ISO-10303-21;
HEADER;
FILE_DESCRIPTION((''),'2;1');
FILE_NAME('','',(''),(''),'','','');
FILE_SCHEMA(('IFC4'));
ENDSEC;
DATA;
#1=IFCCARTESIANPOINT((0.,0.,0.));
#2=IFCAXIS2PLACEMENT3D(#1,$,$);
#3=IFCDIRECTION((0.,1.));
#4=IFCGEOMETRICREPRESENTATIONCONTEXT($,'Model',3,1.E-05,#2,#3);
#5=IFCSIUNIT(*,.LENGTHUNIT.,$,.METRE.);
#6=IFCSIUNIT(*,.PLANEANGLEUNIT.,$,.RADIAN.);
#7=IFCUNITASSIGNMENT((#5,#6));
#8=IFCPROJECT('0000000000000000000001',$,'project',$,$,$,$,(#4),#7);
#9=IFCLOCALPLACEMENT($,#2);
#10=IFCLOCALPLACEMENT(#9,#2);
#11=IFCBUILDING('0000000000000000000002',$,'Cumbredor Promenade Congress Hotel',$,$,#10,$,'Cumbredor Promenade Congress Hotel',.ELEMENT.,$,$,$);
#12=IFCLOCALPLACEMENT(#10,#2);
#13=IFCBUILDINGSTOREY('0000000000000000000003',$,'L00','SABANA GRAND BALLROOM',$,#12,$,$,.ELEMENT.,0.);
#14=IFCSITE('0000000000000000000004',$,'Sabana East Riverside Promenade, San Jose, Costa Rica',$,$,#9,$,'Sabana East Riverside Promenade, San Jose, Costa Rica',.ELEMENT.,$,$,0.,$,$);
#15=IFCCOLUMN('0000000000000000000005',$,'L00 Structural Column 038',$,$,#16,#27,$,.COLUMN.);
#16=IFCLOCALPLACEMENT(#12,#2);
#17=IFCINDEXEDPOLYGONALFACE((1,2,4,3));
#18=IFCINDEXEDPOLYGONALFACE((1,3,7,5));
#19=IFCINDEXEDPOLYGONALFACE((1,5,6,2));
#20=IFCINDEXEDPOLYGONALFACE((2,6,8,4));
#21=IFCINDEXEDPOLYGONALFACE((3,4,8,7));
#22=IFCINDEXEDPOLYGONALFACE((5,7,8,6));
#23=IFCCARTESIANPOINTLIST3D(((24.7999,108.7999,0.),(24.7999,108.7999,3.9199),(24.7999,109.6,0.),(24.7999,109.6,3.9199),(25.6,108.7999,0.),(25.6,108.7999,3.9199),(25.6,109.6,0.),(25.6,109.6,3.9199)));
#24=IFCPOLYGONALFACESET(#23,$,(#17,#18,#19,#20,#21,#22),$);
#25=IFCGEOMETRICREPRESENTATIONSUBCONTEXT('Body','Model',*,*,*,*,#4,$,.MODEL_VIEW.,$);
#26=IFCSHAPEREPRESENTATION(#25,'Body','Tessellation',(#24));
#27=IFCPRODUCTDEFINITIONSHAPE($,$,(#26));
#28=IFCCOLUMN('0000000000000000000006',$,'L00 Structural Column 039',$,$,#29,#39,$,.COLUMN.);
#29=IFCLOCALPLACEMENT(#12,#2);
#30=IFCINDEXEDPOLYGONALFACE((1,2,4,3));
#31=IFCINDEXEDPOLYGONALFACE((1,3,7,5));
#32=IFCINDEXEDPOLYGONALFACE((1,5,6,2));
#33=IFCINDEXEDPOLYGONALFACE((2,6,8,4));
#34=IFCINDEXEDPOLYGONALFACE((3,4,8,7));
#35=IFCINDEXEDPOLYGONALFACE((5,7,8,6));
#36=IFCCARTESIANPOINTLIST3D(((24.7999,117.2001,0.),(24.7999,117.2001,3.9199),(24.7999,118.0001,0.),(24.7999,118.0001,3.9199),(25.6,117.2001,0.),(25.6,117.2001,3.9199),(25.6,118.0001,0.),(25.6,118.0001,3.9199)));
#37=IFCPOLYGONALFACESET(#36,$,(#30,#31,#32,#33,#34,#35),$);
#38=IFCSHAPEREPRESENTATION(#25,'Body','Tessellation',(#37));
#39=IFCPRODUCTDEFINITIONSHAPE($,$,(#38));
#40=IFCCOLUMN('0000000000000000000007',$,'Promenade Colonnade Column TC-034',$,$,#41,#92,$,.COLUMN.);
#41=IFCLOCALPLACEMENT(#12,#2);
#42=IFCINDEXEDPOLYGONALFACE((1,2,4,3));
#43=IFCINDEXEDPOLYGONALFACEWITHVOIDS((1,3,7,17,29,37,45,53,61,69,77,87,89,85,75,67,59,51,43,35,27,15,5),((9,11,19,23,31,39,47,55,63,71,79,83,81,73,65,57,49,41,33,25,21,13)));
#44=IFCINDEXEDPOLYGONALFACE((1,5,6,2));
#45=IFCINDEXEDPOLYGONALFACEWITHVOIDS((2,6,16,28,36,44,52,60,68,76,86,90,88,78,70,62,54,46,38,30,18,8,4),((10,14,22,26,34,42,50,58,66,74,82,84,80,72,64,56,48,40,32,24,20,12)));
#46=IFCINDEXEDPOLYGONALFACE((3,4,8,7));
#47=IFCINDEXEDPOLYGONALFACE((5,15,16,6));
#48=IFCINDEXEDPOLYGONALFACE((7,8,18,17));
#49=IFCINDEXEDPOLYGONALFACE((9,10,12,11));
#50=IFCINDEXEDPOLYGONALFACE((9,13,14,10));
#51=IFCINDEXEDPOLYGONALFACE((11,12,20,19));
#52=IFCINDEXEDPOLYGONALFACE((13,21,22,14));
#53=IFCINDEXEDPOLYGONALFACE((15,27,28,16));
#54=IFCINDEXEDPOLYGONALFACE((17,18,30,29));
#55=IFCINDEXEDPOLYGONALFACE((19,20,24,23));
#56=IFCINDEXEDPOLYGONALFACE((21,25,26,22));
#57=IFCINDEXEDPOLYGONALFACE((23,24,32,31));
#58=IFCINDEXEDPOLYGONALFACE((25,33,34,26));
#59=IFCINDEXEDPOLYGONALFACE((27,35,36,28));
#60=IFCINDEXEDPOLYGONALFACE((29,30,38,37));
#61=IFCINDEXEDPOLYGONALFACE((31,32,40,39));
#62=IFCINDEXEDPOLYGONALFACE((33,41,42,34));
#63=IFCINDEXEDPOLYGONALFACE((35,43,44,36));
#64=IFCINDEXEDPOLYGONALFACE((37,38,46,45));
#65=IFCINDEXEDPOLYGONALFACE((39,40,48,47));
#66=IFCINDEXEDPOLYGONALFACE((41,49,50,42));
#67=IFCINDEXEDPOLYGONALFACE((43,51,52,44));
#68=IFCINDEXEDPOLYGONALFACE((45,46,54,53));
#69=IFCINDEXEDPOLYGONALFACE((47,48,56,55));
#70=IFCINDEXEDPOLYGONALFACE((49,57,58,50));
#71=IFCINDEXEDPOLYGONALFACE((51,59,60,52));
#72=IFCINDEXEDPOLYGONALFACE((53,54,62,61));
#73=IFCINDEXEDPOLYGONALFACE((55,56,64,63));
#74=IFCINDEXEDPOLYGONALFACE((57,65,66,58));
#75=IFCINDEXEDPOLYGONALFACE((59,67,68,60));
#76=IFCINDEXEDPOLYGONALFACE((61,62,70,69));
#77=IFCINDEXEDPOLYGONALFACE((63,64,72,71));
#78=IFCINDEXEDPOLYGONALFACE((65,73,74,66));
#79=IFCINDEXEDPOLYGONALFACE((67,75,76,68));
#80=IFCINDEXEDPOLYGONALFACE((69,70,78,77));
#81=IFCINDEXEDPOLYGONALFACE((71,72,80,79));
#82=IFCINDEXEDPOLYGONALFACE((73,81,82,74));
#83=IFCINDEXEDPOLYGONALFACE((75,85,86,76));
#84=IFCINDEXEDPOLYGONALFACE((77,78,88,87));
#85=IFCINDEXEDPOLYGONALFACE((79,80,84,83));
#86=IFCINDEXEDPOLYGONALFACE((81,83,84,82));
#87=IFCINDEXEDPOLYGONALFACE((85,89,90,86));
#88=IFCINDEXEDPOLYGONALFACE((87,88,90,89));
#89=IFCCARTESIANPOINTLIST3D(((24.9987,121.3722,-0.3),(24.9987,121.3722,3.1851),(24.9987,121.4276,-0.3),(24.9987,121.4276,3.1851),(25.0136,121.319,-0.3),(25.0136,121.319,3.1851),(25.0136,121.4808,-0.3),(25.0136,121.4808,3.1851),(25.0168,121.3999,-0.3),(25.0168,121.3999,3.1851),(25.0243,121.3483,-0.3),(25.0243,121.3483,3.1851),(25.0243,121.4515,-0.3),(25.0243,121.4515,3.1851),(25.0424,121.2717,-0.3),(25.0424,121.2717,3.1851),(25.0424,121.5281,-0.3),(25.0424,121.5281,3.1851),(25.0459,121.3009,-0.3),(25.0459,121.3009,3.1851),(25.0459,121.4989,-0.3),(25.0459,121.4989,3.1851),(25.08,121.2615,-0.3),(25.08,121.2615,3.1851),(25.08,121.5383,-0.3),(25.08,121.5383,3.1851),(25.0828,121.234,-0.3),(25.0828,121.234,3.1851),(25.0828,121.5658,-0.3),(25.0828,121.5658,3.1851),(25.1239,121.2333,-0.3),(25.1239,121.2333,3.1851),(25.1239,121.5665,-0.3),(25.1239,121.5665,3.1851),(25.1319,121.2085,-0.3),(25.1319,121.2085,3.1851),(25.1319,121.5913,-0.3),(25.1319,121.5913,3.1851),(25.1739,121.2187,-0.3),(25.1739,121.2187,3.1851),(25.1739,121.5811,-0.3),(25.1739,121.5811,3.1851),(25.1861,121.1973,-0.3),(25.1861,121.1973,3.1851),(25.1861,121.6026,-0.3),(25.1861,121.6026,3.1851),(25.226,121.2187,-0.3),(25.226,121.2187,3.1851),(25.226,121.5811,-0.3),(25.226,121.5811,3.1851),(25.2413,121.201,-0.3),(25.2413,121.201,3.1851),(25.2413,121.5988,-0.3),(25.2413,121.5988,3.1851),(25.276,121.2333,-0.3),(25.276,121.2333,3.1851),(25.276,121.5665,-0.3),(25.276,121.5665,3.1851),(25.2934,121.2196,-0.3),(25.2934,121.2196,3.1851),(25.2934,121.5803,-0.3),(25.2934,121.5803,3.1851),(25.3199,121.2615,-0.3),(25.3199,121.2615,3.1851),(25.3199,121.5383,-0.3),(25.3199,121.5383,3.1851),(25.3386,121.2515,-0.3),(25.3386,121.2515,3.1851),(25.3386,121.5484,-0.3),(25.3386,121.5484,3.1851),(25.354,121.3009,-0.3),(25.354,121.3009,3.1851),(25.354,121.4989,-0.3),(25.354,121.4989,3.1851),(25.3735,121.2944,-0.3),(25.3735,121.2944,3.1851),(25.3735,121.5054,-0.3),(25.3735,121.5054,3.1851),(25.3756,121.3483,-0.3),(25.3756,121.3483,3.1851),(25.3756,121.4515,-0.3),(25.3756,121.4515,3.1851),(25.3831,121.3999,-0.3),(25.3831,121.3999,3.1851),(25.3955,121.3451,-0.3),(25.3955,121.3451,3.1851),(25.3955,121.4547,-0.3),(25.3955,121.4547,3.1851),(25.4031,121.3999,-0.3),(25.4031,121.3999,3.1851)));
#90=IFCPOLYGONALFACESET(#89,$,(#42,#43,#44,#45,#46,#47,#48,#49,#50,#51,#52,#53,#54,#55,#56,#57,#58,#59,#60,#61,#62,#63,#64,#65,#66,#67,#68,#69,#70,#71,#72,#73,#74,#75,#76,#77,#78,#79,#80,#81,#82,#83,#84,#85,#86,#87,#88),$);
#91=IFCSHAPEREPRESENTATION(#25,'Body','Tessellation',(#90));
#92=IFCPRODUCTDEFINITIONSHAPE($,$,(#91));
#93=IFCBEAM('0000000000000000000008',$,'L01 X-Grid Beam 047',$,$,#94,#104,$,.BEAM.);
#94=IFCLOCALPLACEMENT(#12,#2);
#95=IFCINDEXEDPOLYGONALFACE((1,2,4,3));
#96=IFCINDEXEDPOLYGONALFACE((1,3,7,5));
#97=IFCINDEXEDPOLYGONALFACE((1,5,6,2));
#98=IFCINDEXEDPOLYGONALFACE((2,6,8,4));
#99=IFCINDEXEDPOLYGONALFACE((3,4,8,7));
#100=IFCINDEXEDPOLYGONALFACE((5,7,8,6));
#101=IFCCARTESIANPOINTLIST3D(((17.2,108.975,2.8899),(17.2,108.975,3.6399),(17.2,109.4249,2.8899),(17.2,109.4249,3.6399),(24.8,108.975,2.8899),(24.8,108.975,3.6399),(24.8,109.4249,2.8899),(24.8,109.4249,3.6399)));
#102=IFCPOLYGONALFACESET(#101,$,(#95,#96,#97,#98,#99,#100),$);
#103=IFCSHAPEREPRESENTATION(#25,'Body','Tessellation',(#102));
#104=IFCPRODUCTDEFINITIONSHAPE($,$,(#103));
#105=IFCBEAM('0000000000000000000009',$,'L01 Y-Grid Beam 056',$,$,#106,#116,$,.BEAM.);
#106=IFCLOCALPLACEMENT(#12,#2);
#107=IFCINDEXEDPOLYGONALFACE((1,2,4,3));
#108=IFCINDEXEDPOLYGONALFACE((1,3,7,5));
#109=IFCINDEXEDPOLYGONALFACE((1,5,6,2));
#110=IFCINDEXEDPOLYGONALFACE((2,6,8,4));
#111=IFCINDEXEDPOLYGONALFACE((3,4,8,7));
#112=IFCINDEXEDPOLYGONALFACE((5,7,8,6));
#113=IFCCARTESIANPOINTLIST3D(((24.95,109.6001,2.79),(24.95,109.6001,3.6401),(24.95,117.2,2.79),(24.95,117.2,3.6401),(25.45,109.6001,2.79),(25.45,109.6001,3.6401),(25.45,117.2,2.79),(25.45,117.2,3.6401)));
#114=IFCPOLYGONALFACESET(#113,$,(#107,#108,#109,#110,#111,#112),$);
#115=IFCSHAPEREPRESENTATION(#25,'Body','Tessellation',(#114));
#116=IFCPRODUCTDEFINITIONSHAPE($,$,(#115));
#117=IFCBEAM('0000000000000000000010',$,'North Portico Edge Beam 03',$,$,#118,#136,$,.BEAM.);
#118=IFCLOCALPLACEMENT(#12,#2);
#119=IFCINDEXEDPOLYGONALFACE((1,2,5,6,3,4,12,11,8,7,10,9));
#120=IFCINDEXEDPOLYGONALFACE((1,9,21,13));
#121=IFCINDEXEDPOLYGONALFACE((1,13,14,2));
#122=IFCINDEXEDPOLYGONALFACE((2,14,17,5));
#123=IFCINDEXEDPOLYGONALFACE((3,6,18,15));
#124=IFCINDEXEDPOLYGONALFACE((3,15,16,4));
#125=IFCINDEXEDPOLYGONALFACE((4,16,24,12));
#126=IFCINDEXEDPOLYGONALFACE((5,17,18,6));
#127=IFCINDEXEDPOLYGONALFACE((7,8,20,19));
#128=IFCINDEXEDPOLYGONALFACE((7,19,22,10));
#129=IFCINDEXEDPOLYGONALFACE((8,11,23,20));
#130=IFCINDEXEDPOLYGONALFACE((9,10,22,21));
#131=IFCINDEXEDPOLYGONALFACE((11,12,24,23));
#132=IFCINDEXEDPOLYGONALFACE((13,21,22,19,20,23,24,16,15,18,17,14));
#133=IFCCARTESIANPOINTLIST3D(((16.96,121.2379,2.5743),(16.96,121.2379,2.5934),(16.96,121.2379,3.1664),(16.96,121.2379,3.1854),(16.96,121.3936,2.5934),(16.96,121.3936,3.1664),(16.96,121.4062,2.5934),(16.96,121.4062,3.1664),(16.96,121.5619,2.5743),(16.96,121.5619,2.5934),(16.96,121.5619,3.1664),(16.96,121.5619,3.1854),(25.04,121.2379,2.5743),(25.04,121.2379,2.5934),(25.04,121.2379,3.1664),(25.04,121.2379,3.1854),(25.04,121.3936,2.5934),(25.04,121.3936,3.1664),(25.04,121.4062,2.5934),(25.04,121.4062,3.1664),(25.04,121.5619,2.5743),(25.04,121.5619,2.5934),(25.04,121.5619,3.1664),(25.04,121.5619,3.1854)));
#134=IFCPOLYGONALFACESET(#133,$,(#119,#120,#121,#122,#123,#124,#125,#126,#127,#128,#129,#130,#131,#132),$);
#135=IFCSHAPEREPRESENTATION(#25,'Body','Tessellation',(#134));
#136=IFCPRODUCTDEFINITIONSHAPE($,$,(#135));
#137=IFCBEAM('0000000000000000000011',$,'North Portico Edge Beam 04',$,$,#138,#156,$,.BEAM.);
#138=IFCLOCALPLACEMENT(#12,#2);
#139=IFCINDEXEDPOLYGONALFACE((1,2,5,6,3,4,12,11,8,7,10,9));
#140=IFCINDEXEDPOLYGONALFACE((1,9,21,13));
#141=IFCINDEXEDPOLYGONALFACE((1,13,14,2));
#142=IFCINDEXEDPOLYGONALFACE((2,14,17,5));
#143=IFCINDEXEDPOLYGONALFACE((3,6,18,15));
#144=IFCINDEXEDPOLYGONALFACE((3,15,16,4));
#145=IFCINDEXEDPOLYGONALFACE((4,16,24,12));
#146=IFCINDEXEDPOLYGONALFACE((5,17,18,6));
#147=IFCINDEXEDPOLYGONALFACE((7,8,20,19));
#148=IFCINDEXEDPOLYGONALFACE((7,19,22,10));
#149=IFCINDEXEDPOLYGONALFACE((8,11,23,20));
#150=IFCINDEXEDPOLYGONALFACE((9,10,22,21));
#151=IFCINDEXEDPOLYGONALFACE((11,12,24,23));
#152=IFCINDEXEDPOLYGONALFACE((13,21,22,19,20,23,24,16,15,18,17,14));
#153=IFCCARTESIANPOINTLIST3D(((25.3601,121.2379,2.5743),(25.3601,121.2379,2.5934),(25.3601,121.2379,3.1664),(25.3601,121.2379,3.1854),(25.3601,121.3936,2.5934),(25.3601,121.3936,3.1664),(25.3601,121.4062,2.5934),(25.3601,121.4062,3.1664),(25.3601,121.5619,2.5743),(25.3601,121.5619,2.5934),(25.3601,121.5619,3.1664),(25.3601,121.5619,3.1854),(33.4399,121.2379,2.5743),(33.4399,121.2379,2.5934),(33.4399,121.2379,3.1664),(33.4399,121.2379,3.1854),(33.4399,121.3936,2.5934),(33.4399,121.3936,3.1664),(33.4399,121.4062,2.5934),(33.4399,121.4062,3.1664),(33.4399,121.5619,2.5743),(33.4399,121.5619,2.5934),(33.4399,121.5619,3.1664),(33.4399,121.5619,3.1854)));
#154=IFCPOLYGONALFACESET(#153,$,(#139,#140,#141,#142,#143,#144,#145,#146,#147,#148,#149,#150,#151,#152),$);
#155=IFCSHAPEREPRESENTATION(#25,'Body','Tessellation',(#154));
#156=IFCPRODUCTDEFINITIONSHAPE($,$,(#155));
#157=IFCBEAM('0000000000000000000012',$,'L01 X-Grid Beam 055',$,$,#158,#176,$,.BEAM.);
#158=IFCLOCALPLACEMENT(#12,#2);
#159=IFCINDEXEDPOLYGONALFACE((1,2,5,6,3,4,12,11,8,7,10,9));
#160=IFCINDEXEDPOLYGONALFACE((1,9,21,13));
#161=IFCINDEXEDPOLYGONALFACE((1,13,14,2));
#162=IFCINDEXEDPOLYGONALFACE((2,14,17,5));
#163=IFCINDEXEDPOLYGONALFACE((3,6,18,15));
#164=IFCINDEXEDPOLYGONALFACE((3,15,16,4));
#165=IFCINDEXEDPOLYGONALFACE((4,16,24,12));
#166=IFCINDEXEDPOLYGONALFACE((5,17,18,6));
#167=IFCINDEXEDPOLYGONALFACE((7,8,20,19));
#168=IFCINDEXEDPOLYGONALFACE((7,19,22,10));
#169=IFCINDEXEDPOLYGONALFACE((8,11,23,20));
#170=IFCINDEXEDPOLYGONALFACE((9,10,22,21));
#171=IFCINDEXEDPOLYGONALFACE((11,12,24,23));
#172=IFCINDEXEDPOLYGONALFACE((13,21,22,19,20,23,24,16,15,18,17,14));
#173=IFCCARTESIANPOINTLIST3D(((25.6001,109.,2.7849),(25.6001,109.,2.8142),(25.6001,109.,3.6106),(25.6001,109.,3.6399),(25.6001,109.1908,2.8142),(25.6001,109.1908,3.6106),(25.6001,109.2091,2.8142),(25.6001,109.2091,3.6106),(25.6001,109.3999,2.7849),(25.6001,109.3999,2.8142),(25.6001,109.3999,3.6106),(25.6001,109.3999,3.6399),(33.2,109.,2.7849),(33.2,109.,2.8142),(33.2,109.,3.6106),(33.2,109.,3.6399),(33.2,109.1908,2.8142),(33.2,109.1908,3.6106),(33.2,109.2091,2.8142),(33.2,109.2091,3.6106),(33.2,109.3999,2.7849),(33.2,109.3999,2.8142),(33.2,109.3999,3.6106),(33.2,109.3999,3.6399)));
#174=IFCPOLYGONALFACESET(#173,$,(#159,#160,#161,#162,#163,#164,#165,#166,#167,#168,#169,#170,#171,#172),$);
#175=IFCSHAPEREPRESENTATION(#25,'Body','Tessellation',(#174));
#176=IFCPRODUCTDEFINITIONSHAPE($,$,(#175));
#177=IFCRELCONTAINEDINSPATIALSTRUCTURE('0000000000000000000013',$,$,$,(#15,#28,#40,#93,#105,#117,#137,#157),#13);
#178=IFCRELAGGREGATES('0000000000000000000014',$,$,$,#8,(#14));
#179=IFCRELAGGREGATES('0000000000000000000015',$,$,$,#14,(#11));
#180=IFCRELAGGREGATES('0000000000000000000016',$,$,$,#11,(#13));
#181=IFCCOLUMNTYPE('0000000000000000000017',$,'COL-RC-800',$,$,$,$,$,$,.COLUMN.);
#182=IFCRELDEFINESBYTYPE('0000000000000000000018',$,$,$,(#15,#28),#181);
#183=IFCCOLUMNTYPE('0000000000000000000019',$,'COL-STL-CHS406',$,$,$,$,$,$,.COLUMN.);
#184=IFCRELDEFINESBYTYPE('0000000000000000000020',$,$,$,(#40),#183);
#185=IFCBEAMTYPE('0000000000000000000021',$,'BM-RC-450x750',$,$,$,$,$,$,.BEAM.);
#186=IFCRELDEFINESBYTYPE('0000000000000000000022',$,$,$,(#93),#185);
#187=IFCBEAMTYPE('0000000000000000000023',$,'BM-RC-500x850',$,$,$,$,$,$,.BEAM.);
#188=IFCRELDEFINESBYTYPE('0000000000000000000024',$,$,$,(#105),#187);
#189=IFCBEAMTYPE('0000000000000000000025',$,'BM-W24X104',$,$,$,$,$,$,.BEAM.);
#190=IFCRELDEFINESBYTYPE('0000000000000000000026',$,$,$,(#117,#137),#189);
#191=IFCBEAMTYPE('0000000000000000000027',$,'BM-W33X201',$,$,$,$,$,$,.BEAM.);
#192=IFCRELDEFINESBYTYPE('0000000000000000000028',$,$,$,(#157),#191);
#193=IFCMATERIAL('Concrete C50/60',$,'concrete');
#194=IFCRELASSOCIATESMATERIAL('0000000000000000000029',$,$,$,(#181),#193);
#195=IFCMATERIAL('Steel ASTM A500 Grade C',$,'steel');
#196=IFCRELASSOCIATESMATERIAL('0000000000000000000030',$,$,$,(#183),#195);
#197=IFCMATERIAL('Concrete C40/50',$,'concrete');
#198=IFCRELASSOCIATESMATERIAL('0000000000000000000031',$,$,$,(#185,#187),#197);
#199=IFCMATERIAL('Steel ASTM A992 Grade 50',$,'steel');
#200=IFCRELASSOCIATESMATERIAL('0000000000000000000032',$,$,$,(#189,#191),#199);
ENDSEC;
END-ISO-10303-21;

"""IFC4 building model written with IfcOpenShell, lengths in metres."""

from ifc_helpers import new_model, si_unit, direction, frame, origin, origin_2d, place, context, subcontext, project, spatial, rectangle, hollow_circle, i_section, extrude, material, material_profile, profile_set, type_object, element, save


model = new_model("IFC4")

# Units and contexts
model_context = context("Model", 3, precision=1e-05, world=origin(), true_north=direction((0.0, 1.0)))
body_context = subcontext(model_context, "Body", "Model", "MODEL_VIEW")
ifc_project = project(units=[si_unit("LENGTHUNIT", "METRE"), si_unit("PLANEANGLEUNIT", "RADIAN")], contexts=[model_context])

# Site, building, storey
site_placement = place(None, origin())
site = spatial("IfcSite", under=ifc_project, at=site_placement, Name="Sabana East Riverside Promenade, San Jose, Costa Rica", LongName="Sabana East Riverside Promenade, San Jose, Costa Rica", CompositionType="ELEMENT", RefElevation=0.0)
building_placement = place(site_placement, origin())
building = spatial("IfcBuilding", under=site, at=building_placement, Name="Cumbredor Promenade Congress Hotel", LongName="Cumbredor Promenade Congress Hotel", CompositionType="ELEMENT")
storey_placement = place(building_placement, origin())
storey = spatial("IfcBuildingStorey", under=building, at=storey_placement, Name="L00", Description="SABANA GRAND BALLROOM", CompositionType="ELEMENT", Elevation=0.0)

# Columns
ifc_material_1 = material(Name="Concrete C50/60", Category="concrete")
ifc_material_profile_1 = material_profile(ifc_material_1, rectangle(XDim=0.8, YDim=0.8, at=origin_2d()), Name="RC 800x800")
ifc_profile_set_1 = profile_set([ifc_material_profile_1], Name="Concrete C50/60")
column_type_1 = type_object("IfcColumnType", Name="COL-RC-800", PredefinedType="COLUMN", material=ifc_profile_set_1)
for number, where, z_axis, x_axis, name in (
    (1, (25.2, 109.2, 0.0), (0.0, 0.0, 1.0), (1.0, 0.0, 0.0), "L00 Structural Column 038"),
    (2, (25.2, 117.6001, 0.0), (0.0, 0.0, 1.0), (1.0, 0.0, 0.0), "L00 Structural Column 039"),
):
    element("IfcColumn", number, at=place(storey_placement, frame(where, z_axis=z_axis, x_axis=x_axis)), inside=storey, type_object=column_type_1, Name=name, PredefinedType="COLUMN", context=body_context, shape_type="SweptSolid", body=[
        extrude(rectangle(XDim=0.8, YDim=0.8, at=origin_2d()), origin(), (0.0, 0.0, 1.0), 3.9199),
    ])
ifc_material_2 = material(Name="Steel ASTM A500 Grade C", Category="steel")
ifc_material_profile_2 = material_profile(ifc_material_2, hollow_circle(Radius=0.2031, WallThickness=0.02, at=origin_2d()), Name="CHS 406.4x20")
ifc_profile_set_2 = profile_set([ifc_material_profile_2], Name="Steel ASTM A500 Grade C")
column_type_2 = type_object("IfcColumnType", Name="COL-STL-CHS406", PredefinedType="COLUMN", material=ifc_profile_set_2)
column_placement = place(storey_placement, frame((25.2, 121.3999, -0.3), z_axis=(0.0, 0.0, 1.0), x_axis=(1.0, 0.0, 0.0)))
element("IfcColumn", 3, at=column_placement, inside=storey, type_object=column_type_2, Name="Promenade Colonnade Column TC-034", PredefinedType="COLUMN", context=body_context, shape_type="SweptSolid", body=[
    extrude(hollow_circle(Radius=0.2031, WallThickness=0.02, at=origin_2d()), origin(), (0.0, 0.0, 1.0), 3.4851),
])

# Beams
ifc_material_3 = material(Name="Concrete C40/50", Category="concrete")
ifc_material_profile_3 = material_profile(ifc_material_3, rectangle(XDim=0.45, YDim=0.75, at=origin_2d()), Name="RC BEAM 450x750")
ifc_profile_set_3 = profile_set([ifc_material_profile_3], Name="Concrete C40/50")
beam_type_1 = type_object("IfcBeamType", Name="BM-RC-450x750", PredefinedType="BEAM", material=ifc_profile_set_3)
beam_1_placement = place(storey_placement, frame((17.2, 109.2, 3.2649), z_axis=(1.0, 0.0, 0.0), x_axis=(0.0, 1.0, 0.0)))
element("IfcBeam", 4, at=beam_1_placement, inside=storey, type_object=beam_type_1, Name="L01 X-Grid Beam 047", PredefinedType="BEAM", context=body_context, shape_type="SweptSolid", body=[
    extrude(rectangle(XDim=0.45, YDim=0.75, at=origin_2d()), origin(), (0.0, 0.0, 1.0), 7.6001),
])
ifc_material_profile_4 = material_profile(ifc_material_3, rectangle(XDim=0.5, YDim=0.8501, at=origin_2d()), Name="RC BEAM 500x850")
ifc_profile_set_4 = profile_set([ifc_material_profile_4], Name="Concrete C40/50")
beam_type_2 = type_object("IfcBeamType", Name="BM-RC-500x850", PredefinedType="BEAM", material=ifc_profile_set_4)
beam_2_placement = place(storey_placement, frame((25.2, 109.6001, 3.2151), z_axis=(0.0, 1.0, 0.0), x_axis=(-1.0, 0.0, 0.0)))
element("IfcBeam", 5, at=beam_2_placement, inside=storey, type_object=beam_type_2, Name="L01 Y-Grid Beam 056", PredefinedType="BEAM", context=body_context, shape_type="SweptSolid", body=[
    extrude(rectangle(XDim=0.5, YDim=0.8501, at=origin_2d()), origin(), (0.0, 0.0, 1.0), 7.5999),
])
ifc_material_4 = material(Name="Steel ASTM A992 Grade 50", Category="steel")
ifc_material_profile_5 = material_profile(ifc_material_4, i_section(OverallWidth=0.324, OverallDepth=0.6111, WebThickness=0.0127, FlangeThickness=0.019, at=origin_2d()), Name="W24X104")
ifc_profile_set_5 = profile_set([ifc_material_profile_5], Name="Steel ASTM A992 Grade 50")
beam_type_3 = type_object("IfcBeamType", Name="BM-W24X104", PredefinedType="BEAM", material=ifc_profile_set_5)
beam_3_placement = place(storey_placement, frame((16.96, 121.3999, 2.8799), z_axis=(1.0, 0.0, 0.0), x_axis=(0.0, 1.0, 0.0)))
element("IfcBeam", 6, at=beam_3_placement, inside=storey, type_object=beam_type_3, Name="North Portico Edge Beam 03", PredefinedType="BEAM", context=body_context, shape_type="SweptSolid", body=[
    extrude(i_section(OverallWidth=0.324, OverallDepth=0.6111, WebThickness=0.0127, FlangeThickness=0.019, at=origin_2d()), origin(), (0.0, 0.0, 1.0), 8.0801),
])
beam_4_placement = place(storey_placement, frame((25.3601, 121.3999, 2.8799), z_axis=(1.0, 0.0, 0.0), x_axis=(0.0, 1.0, 0.0)))
element("IfcBeam", 7, at=beam_4_placement, inside=storey, type_object=beam_type_3, Name="North Portico Edge Beam 04", PredefinedType="BEAM", context=body_context, shape_type="SweptSolid", body=[
    extrude(i_section(OverallWidth=0.324, OverallDepth=0.6111, WebThickness=0.0127, FlangeThickness=0.019, at=origin_2d()), origin(), (0.0, 0.0, 1.0), 8.0798),
])
ifc_material_profile_6 = material_profile(ifc_material_4, i_section(OverallWidth=0.3999, OverallDepth=0.855, WebThickness=0.0183, FlangeThickness=0.0293, at=origin_2d()), Name="W33X201")
ifc_profile_set_6 = profile_set([ifc_material_profile_6], Name="Steel ASTM A992 Grade 50")
beam_type_4 = type_object("IfcBeamType", Name="BM-W33X201", PredefinedType="BEAM", material=ifc_profile_set_6)
beam_5_placement = place(storey_placement, frame((25.6001, 109.2, 3.2124), z_axis=(1.0, 0.0, 0.0), x_axis=(0.0, 1.0, 0.0)))
element("IfcBeam", 8, at=beam_5_placement, inside=storey, type_object=beam_type_4, Name="L01 X-Grid Beam 055", PredefinedType="BEAM", context=body_context, shape_type="SweptSolid", body=[
    extrude(i_section(OverallWidth=0.3999, OverallDepth=0.855, WebThickness=0.0183, FlangeThickness=0.0293, at=origin_2d()), origin(), (0.0, 0.0, 1.0), 7.5999),
])

save(model, "model.ifc")
